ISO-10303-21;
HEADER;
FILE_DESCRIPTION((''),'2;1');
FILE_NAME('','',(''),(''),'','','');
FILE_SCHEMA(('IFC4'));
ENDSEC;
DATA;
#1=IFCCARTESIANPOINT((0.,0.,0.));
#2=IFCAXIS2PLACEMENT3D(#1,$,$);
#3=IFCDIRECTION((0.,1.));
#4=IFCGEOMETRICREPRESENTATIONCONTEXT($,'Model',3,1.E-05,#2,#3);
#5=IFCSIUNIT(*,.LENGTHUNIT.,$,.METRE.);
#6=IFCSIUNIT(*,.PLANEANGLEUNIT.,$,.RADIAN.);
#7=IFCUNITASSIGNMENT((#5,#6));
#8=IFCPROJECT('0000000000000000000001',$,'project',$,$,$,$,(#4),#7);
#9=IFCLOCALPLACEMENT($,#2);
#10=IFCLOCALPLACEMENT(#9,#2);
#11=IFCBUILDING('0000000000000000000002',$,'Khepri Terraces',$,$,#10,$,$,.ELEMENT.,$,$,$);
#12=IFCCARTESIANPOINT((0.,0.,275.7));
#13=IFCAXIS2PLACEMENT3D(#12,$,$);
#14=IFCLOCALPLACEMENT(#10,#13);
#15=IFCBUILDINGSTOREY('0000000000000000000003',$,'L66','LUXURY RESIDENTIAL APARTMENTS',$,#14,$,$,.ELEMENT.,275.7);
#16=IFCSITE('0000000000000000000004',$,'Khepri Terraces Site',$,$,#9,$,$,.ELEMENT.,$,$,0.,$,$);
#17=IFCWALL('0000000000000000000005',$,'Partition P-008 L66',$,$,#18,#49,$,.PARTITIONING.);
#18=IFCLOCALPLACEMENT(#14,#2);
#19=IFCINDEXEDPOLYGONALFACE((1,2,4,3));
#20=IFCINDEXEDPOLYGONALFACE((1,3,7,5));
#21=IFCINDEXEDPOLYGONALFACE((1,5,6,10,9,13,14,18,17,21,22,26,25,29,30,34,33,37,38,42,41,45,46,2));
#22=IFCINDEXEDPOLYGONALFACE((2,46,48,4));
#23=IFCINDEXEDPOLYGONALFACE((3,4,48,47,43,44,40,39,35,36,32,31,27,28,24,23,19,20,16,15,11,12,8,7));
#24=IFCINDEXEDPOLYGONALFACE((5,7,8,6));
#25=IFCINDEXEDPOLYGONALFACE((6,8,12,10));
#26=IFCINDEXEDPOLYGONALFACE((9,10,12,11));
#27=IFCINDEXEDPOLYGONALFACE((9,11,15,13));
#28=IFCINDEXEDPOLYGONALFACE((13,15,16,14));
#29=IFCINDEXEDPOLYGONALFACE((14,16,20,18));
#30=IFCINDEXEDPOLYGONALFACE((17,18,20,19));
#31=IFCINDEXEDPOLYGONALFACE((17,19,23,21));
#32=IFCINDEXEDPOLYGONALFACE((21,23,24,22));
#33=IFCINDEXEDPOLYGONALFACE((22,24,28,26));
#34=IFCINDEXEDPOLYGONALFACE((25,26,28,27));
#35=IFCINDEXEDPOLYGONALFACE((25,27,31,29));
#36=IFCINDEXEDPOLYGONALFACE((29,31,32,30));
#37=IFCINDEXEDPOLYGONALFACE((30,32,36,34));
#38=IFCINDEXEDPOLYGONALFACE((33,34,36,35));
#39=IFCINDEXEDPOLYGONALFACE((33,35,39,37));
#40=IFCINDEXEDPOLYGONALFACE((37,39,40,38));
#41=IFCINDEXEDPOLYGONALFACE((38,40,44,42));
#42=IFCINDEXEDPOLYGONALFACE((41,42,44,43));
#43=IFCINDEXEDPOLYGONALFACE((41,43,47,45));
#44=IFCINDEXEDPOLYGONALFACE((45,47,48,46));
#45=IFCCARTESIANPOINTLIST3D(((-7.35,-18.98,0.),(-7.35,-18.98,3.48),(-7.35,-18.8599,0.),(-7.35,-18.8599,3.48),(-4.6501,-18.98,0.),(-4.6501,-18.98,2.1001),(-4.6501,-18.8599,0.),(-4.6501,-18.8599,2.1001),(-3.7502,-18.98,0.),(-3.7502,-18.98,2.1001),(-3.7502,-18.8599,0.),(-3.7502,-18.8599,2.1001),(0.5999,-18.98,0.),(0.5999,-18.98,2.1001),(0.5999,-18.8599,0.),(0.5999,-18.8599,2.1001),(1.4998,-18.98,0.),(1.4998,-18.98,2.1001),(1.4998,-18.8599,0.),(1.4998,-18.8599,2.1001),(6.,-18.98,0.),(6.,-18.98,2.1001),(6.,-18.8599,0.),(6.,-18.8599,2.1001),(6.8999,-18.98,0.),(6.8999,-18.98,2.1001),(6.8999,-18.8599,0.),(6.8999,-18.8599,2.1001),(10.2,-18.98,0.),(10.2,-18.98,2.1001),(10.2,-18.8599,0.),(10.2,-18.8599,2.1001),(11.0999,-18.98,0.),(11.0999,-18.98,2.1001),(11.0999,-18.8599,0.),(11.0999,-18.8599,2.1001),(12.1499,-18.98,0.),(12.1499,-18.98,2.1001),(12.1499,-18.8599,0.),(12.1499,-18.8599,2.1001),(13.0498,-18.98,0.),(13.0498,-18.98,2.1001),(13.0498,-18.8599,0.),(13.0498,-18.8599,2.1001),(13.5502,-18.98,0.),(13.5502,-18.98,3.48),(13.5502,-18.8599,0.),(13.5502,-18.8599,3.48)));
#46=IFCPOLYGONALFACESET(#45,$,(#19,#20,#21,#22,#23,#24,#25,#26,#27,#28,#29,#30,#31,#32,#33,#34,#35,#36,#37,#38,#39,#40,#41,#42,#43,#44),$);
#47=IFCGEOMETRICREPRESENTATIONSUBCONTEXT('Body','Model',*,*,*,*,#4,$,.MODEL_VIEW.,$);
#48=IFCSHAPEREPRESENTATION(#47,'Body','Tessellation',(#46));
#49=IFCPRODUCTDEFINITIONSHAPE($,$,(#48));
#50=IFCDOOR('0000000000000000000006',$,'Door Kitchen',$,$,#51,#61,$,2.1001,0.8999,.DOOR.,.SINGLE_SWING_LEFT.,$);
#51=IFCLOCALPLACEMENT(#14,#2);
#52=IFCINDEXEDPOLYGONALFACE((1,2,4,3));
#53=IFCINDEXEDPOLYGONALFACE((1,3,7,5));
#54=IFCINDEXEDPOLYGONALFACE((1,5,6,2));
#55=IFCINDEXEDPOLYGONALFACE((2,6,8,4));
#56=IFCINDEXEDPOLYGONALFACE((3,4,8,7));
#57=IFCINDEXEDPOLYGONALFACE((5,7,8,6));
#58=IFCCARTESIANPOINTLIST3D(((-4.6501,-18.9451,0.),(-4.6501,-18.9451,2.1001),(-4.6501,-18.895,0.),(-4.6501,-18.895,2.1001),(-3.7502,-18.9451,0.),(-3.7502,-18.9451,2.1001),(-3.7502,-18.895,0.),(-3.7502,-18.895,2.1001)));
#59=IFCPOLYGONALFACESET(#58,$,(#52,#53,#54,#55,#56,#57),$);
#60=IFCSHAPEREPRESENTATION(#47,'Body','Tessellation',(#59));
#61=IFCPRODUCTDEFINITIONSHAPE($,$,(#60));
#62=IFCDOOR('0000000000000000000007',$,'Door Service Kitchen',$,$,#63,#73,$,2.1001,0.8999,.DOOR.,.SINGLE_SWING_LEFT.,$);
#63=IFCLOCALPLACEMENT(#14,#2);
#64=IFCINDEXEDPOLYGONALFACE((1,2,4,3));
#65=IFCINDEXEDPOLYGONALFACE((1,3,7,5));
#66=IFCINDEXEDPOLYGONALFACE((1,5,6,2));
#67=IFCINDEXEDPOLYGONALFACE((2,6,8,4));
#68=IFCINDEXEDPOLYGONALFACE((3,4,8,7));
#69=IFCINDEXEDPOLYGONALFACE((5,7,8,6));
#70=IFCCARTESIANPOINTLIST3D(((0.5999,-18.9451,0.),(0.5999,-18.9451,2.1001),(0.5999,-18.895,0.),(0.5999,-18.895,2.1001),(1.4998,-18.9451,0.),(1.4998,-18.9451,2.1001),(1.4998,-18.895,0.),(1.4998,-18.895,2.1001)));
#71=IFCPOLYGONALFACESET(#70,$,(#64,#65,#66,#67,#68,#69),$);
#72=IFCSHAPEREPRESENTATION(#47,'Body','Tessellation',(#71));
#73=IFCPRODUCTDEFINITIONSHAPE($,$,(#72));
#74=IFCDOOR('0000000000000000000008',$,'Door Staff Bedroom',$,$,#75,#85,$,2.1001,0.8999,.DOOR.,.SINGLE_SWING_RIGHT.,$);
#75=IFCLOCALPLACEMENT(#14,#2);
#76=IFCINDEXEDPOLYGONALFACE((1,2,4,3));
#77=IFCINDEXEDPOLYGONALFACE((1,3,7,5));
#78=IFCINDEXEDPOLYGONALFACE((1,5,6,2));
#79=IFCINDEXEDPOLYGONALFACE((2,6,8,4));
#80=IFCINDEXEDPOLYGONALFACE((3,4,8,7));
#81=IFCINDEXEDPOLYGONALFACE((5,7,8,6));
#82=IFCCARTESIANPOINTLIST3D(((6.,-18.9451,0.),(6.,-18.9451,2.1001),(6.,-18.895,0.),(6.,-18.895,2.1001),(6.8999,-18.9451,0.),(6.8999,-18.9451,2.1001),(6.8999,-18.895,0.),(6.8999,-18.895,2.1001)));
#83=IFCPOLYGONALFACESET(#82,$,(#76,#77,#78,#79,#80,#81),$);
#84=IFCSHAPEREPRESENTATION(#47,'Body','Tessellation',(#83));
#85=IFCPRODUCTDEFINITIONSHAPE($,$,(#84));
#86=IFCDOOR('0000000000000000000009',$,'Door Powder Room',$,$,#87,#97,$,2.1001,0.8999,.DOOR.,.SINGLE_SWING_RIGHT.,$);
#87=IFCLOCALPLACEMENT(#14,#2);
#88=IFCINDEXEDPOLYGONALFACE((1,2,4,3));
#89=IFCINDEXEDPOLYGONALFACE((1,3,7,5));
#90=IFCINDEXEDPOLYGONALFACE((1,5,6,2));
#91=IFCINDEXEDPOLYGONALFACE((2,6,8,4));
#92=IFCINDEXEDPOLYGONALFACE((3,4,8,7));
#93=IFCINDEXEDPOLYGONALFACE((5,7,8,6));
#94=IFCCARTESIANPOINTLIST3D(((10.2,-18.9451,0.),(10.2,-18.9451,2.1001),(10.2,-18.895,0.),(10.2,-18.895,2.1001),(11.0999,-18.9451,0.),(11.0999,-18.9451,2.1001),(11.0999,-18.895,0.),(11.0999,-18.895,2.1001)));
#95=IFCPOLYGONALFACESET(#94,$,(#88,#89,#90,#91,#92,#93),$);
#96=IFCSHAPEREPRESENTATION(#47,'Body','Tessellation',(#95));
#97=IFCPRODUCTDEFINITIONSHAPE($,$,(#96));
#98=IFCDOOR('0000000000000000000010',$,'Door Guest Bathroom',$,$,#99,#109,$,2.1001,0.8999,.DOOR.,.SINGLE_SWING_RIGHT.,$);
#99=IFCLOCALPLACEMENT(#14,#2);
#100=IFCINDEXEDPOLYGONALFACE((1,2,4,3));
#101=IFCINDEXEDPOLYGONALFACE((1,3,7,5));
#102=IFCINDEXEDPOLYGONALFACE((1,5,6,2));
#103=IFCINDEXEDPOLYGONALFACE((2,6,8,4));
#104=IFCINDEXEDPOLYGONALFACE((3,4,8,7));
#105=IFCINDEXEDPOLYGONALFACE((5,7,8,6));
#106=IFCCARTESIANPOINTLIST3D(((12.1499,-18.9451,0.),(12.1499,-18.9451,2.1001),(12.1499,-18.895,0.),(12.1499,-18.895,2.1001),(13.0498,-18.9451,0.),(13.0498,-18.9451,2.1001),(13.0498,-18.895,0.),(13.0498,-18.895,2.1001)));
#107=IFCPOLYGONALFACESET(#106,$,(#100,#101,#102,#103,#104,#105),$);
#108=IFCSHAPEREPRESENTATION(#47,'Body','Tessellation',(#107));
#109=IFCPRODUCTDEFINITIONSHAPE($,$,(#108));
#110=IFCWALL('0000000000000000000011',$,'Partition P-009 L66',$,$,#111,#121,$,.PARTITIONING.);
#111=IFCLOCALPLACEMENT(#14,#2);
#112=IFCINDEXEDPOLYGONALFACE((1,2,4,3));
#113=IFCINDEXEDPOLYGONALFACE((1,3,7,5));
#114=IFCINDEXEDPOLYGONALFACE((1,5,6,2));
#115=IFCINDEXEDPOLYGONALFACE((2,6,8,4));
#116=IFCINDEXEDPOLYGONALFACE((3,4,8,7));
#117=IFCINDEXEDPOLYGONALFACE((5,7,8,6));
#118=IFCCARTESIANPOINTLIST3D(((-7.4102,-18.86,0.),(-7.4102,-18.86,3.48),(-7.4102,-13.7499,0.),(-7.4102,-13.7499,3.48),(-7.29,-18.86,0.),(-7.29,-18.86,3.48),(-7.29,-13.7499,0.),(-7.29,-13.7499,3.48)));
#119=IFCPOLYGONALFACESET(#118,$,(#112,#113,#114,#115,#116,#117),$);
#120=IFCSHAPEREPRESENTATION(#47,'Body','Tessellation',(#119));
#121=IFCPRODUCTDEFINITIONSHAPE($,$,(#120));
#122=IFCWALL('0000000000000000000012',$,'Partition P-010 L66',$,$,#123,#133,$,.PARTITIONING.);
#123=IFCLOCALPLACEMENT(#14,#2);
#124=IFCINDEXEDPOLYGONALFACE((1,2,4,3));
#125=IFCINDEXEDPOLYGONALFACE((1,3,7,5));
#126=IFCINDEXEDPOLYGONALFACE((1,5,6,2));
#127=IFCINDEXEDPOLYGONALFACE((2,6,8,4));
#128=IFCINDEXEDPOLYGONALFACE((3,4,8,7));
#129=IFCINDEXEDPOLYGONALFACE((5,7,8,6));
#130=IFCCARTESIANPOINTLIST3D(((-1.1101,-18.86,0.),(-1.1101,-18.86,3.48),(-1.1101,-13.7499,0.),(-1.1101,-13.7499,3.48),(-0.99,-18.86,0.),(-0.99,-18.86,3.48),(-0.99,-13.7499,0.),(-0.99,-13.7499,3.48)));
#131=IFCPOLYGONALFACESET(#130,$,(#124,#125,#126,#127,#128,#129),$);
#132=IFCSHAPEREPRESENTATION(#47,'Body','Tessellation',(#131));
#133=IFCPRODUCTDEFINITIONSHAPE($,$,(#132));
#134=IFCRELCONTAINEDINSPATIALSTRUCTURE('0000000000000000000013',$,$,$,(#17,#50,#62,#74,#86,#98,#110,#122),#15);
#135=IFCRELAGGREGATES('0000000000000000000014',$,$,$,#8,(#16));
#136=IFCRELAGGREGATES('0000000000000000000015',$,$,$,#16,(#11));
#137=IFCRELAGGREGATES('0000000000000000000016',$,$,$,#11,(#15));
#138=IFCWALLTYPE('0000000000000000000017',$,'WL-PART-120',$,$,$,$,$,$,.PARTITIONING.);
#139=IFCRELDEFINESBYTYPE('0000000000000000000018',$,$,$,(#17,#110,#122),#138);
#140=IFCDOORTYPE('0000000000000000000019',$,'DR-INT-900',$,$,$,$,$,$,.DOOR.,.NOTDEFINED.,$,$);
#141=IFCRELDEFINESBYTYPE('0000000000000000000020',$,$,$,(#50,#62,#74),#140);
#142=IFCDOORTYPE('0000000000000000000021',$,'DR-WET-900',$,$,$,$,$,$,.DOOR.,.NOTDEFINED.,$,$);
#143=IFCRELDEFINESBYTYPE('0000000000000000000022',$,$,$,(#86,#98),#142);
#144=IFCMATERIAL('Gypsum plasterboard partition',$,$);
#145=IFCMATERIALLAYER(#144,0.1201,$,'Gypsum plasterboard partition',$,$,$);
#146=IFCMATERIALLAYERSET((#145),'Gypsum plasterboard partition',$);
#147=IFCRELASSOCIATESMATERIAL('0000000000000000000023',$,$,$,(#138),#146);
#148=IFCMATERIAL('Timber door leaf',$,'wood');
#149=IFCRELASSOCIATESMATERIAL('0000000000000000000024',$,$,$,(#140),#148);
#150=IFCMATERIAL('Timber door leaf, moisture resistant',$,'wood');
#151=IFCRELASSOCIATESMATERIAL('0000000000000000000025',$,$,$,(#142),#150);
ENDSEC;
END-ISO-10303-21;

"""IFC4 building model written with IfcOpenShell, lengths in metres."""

from ifc_helpers import new_model, si_unit, direction, frame, frame_2d, origin, place, context, subcontext, project, spatial, rectangle, extrude, material, layer, layer_set, type_object, element, fill, save


model = new_model("IFC4")

# Units and contexts
model_context = context("Model", 3, precision=1e-05, world=origin(), true_north=direction((0.0, 1.0)))
body_context = subcontext(model_context, "Body", "Model", "MODEL_VIEW")
ifc_project = project(units=[si_unit("LENGTHUNIT", "METRE"), si_unit("PLANEANGLEUNIT", "RADIAN")], contexts=[model_context])

# Site, building, storey
site_placement = place(None, origin())
site = spatial("IfcSite", under=ifc_project, at=site_placement, Name="Khepri Terraces Site", CompositionType="ELEMENT", RefElevation=0.0)
building_placement = place(site_placement, origin())
building = spatial("IfcBuilding", under=site, at=building_placement, Name="Khepri Terraces", CompositionType="ELEMENT")
storey_placement = place(building_placement, frame((0.0, 0.0, 275.7)))
storey = spatial("IfcBuildingStorey", under=building, at=storey_placement, Name="L66", Description="LUXURY RESIDENTIAL APARTMENTS", CompositionType="ELEMENT", Elevation=275.7)

# Wall, openings, doors
ifc_material_1 = material(Name="Gypsum plasterboard partition")
ifc_layer_1 = layer(ifc_material_1, 0.1201, Name="Gypsum plasterboard partition")
ifc_layer_set_1 = layer_set([ifc_layer_1], Name="Gypsum plasterboard partition")
wall_type_1 = type_object("IfcWallType", Name="WL-PART-120", PredefinedType="PARTITIONING", material=ifc_layer_set_1)
wall_1_placement = place(storey_placement, frame((-7.3501, -18.9199, 0.0), z_axis=(0.0, 0.0, 1.0), x_axis=(1.0, 0.0, 0.0)))
wall_1 = element("IfcWall", 1, at=wall_1_placement, inside=storey, type_object=wall_type_1, Name="Partition P-008 L66", PredefinedType="PARTITIONING", context=body_context, shape_type="SweptSolid", body=[
    extrude(rectangle(XDim=20.9001, YDim=0.1201, at=frame_2d((10.4502, 0.0))), origin(), (0.0, 0.0, 1.0), 3.48),
])
opening_1_placement = place(wall_1_placement, frame((2.7, 0.0, 0.0)))
opening_1 = element("IfcOpeningElement", 2, at=opening_1_placement, cuts=wall_1, PredefinedType="OPENING", context=body_context, shape_type="SweptSolid", body=[
    extrude(rectangle(XDim=0.8999, YDim=2.1001, at=frame_2d((0.45, 1.05))), frame((0.0, 0.0701, 0.0), z_axis=(0.0, -1.0, 0.0), x_axis=(1.0, 0.0, 0.0)), (0.0, 0.0, 1.0), 0.1401),
])
opening_2_placement = place(wall_1_placement, frame((7.95, 0.0, 0.0)))
opening_2 = element("IfcOpeningElement", 3, at=opening_2_placement, cuts=wall_1, PredefinedType="OPENING", context=body_context, shape_type="SweptSolid", body=[
    extrude(rectangle(XDim=0.8999, YDim=2.1001, at=frame_2d((0.45, 1.05))), frame((0.0, 0.0701, 0.0), z_axis=(0.0, -1.0, 0.0), x_axis=(1.0, 0.0, 0.0)), (0.0, 0.0, 1.0), 0.1401),
])
opening_3_placement = place(wall_1_placement, frame((13.3501, 0.0, 0.0)))
opening_3 = element("IfcOpeningElement", 4, at=opening_3_placement, cuts=wall_1, PredefinedType="OPENING", context=body_context, shape_type="SweptSolid", body=[
    extrude(rectangle(XDim=0.8999, YDim=2.1001, at=frame_2d((0.45, 1.05))), frame((0.0, 0.0701, 0.0), z_axis=(0.0, -1.0, 0.0), x_axis=(1.0, 0.0, 0.0)), (0.0, 0.0, 1.0), 0.1401),
])
opening_4_placement = place(wall_1_placement, frame((17.55, 0.0, 0.0)))
opening_4 = element("IfcOpeningElement", 5, at=opening_4_placement, cuts=wall_1, PredefinedType="OPENING", context=body_context, shape_type="SweptSolid", body=[
    extrude(rectangle(XDim=0.8999, YDim=2.1001, at=frame_2d((0.45, 1.05))), frame((0.0, 0.0701, 0.0), z_axis=(0.0, -1.0, 0.0), x_axis=(1.0, 0.0, 0.0)), (0.0, 0.0, 1.0), 0.1401),
])
opening_5_placement = place(wall_1_placement, frame((19.5, 0.0, 0.0)))
opening_5 = element("IfcOpeningElement", 6, at=opening_5_placement, cuts=wall_1, PredefinedType="OPENING", context=body_context, shape_type="SweptSolid", body=[
    extrude(rectangle(XDim=0.8999, YDim=2.1001, at=frame_2d((0.45, 1.05))), frame((0.0, 0.0701, 0.0), z_axis=(0.0, -1.0, 0.0), x_axis=(1.0, 0.0, 0.0)), (0.0, 0.0, 1.0), 0.1401),
])
ifc_material_2 = material(Name="Timber door leaf", Category="wood")
door_type_1 = type_object("IfcDoorType", Name="DR-INT-900", OperationType="NOTDEFINED", PredefinedType="DOOR", material=ifc_material_2)
door_1_placement = place(opening_1_placement, origin())
door_1 = element("IfcDoor", 7, at=door_1_placement, inside=storey, type_object=door_type_1, Name="Door Kitchen", OperationType="SINGLE_SWING_LEFT", OverallHeight=2.1001, OverallWidth=0.8999, PredefinedType="DOOR", context=body_context, shape_type="SweptSolid", body=[
    extrude(rectangle(XDim=0.8999, YDim=2.1001, at=frame_2d((0.45, 1.05))), frame((0.0, 0.0249, 0.0), z_axis=(0.0, -1.0, 0.0), x_axis=(1.0, 0.0, 0.0)), (0.0, 0.0, 1.0), 0.05),
])
fill(opening_1, door_1)
door_2_placement = place(opening_2_placement, origin())
door_2 = element("IfcDoor", 8, at=door_2_placement, inside=storey, type_object=door_type_1, Name="Door Service Kitchen", OperationType="SINGLE_SWING_LEFT", OverallHeight=2.1001, OverallWidth=0.8999, PredefinedType="DOOR", context=body_context, shape_type="SweptSolid", body=[
    extrude(rectangle(XDim=0.8999, YDim=2.1001, at=frame_2d((0.45, 1.05))), frame((0.0, 0.0249, 0.0), z_axis=(0.0, -1.0, 0.0), x_axis=(1.0, 0.0, 0.0)), (0.0, 0.0, 1.0), 0.05),
])
fill(opening_2, door_2)
door_3_placement = place(opening_3_placement, origin())
door_3 = element("IfcDoor", 9, at=door_3_placement, inside=storey, type_object=door_type_1, Name="Door Staff Bedroom", OperationType="SINGLE_SWING_RIGHT", OverallHeight=2.1001, OverallWidth=0.8999, PredefinedType="DOOR", context=body_context, shape_type="SweptSolid", body=[
    extrude(rectangle(XDim=0.8999, YDim=2.1001, at=frame_2d((0.45, 1.05))), frame((0.0, 0.0249, 0.0), z_axis=(0.0, -1.0, 0.0), x_axis=(1.0, 0.0, 0.0)), (0.0, 0.0, 1.0), 0.05),
])
fill(opening_3, door_3)
ifc_material_3 = material(Name="Timber door leaf, moisture resistant", Category="wood")
door_type_2 = type_object("IfcDoorType", Name="DR-WET-900", OperationType="NOTDEFINED", PredefinedType="DOOR", material=ifc_material_3)
door_4_placement = place(opening_4_placement, origin())
door_4 = element("IfcDoor", 10, at=door_4_placement, inside=storey, type_object=door_type_2, Name="Door Powder Room", OperationType="SINGLE_SWING_RIGHT", OverallHeight=2.1001, OverallWidth=0.8999, PredefinedType="DOOR", context=body_context, shape_type="SweptSolid", body=[
    extrude(rectangle(XDim=0.8999, YDim=2.1001, at=frame_2d((0.45, 1.05))), frame((0.0, 0.0249, 0.0), z_axis=(0.0, -1.0, 0.0), x_axis=(1.0, 0.0, 0.0)), (0.0, 0.0, 1.0), 0.05),
])
fill(opening_4, door_4)
door_5_placement = place(opening_5_placement, origin())
door_5 = element("IfcDoor", 11, at=door_5_placement, inside=storey, type_object=door_type_2, Name="Door Guest Bathroom", OperationType="SINGLE_SWING_RIGHT", OverallHeight=2.1001, OverallWidth=0.8999, PredefinedType="DOOR", context=body_context, shape_type="SweptSolid", body=[
    extrude(rectangle(XDim=0.8999, YDim=2.1001, at=frame_2d((0.45, 1.05))), frame((0.0, 0.0249, 0.0), z_axis=(0.0, -1.0, 0.0), x_axis=(1.0, 0.0, 0.0)), (0.0, 0.0, 1.0), 0.05),
])
fill(opening_5, door_5)

# Walls
for number, where, z_axis, x_axis, name in (
    (12, (-7.3501, -18.8601, 0.0), (0.0, 0.0, 1.0), (0.0, 1.0, 0.0), "Partition P-009 L66"),
    (13, (-1.05, -18.8601, 0.0), (0.0, 0.0, 1.0), (0.0, 1.0, 0.0), "Partition P-010 L66"),
):
    element("IfcWall", number, at=place(storey_placement, frame(where, z_axis=z_axis, x_axis=x_axis)), inside=storey, type_object=wall_type_1, Name=name, PredefinedType="PARTITIONING", context=body_context, shape_type="SweptSolid", body=[
        extrude(rectangle(XDim=5.1101, YDim=0.1201, at=frame_2d((2.5552, 0.0))), origin(), (0.0, 0.0, 1.0), 3.48),
    ])

save(model, "model.ifc")
